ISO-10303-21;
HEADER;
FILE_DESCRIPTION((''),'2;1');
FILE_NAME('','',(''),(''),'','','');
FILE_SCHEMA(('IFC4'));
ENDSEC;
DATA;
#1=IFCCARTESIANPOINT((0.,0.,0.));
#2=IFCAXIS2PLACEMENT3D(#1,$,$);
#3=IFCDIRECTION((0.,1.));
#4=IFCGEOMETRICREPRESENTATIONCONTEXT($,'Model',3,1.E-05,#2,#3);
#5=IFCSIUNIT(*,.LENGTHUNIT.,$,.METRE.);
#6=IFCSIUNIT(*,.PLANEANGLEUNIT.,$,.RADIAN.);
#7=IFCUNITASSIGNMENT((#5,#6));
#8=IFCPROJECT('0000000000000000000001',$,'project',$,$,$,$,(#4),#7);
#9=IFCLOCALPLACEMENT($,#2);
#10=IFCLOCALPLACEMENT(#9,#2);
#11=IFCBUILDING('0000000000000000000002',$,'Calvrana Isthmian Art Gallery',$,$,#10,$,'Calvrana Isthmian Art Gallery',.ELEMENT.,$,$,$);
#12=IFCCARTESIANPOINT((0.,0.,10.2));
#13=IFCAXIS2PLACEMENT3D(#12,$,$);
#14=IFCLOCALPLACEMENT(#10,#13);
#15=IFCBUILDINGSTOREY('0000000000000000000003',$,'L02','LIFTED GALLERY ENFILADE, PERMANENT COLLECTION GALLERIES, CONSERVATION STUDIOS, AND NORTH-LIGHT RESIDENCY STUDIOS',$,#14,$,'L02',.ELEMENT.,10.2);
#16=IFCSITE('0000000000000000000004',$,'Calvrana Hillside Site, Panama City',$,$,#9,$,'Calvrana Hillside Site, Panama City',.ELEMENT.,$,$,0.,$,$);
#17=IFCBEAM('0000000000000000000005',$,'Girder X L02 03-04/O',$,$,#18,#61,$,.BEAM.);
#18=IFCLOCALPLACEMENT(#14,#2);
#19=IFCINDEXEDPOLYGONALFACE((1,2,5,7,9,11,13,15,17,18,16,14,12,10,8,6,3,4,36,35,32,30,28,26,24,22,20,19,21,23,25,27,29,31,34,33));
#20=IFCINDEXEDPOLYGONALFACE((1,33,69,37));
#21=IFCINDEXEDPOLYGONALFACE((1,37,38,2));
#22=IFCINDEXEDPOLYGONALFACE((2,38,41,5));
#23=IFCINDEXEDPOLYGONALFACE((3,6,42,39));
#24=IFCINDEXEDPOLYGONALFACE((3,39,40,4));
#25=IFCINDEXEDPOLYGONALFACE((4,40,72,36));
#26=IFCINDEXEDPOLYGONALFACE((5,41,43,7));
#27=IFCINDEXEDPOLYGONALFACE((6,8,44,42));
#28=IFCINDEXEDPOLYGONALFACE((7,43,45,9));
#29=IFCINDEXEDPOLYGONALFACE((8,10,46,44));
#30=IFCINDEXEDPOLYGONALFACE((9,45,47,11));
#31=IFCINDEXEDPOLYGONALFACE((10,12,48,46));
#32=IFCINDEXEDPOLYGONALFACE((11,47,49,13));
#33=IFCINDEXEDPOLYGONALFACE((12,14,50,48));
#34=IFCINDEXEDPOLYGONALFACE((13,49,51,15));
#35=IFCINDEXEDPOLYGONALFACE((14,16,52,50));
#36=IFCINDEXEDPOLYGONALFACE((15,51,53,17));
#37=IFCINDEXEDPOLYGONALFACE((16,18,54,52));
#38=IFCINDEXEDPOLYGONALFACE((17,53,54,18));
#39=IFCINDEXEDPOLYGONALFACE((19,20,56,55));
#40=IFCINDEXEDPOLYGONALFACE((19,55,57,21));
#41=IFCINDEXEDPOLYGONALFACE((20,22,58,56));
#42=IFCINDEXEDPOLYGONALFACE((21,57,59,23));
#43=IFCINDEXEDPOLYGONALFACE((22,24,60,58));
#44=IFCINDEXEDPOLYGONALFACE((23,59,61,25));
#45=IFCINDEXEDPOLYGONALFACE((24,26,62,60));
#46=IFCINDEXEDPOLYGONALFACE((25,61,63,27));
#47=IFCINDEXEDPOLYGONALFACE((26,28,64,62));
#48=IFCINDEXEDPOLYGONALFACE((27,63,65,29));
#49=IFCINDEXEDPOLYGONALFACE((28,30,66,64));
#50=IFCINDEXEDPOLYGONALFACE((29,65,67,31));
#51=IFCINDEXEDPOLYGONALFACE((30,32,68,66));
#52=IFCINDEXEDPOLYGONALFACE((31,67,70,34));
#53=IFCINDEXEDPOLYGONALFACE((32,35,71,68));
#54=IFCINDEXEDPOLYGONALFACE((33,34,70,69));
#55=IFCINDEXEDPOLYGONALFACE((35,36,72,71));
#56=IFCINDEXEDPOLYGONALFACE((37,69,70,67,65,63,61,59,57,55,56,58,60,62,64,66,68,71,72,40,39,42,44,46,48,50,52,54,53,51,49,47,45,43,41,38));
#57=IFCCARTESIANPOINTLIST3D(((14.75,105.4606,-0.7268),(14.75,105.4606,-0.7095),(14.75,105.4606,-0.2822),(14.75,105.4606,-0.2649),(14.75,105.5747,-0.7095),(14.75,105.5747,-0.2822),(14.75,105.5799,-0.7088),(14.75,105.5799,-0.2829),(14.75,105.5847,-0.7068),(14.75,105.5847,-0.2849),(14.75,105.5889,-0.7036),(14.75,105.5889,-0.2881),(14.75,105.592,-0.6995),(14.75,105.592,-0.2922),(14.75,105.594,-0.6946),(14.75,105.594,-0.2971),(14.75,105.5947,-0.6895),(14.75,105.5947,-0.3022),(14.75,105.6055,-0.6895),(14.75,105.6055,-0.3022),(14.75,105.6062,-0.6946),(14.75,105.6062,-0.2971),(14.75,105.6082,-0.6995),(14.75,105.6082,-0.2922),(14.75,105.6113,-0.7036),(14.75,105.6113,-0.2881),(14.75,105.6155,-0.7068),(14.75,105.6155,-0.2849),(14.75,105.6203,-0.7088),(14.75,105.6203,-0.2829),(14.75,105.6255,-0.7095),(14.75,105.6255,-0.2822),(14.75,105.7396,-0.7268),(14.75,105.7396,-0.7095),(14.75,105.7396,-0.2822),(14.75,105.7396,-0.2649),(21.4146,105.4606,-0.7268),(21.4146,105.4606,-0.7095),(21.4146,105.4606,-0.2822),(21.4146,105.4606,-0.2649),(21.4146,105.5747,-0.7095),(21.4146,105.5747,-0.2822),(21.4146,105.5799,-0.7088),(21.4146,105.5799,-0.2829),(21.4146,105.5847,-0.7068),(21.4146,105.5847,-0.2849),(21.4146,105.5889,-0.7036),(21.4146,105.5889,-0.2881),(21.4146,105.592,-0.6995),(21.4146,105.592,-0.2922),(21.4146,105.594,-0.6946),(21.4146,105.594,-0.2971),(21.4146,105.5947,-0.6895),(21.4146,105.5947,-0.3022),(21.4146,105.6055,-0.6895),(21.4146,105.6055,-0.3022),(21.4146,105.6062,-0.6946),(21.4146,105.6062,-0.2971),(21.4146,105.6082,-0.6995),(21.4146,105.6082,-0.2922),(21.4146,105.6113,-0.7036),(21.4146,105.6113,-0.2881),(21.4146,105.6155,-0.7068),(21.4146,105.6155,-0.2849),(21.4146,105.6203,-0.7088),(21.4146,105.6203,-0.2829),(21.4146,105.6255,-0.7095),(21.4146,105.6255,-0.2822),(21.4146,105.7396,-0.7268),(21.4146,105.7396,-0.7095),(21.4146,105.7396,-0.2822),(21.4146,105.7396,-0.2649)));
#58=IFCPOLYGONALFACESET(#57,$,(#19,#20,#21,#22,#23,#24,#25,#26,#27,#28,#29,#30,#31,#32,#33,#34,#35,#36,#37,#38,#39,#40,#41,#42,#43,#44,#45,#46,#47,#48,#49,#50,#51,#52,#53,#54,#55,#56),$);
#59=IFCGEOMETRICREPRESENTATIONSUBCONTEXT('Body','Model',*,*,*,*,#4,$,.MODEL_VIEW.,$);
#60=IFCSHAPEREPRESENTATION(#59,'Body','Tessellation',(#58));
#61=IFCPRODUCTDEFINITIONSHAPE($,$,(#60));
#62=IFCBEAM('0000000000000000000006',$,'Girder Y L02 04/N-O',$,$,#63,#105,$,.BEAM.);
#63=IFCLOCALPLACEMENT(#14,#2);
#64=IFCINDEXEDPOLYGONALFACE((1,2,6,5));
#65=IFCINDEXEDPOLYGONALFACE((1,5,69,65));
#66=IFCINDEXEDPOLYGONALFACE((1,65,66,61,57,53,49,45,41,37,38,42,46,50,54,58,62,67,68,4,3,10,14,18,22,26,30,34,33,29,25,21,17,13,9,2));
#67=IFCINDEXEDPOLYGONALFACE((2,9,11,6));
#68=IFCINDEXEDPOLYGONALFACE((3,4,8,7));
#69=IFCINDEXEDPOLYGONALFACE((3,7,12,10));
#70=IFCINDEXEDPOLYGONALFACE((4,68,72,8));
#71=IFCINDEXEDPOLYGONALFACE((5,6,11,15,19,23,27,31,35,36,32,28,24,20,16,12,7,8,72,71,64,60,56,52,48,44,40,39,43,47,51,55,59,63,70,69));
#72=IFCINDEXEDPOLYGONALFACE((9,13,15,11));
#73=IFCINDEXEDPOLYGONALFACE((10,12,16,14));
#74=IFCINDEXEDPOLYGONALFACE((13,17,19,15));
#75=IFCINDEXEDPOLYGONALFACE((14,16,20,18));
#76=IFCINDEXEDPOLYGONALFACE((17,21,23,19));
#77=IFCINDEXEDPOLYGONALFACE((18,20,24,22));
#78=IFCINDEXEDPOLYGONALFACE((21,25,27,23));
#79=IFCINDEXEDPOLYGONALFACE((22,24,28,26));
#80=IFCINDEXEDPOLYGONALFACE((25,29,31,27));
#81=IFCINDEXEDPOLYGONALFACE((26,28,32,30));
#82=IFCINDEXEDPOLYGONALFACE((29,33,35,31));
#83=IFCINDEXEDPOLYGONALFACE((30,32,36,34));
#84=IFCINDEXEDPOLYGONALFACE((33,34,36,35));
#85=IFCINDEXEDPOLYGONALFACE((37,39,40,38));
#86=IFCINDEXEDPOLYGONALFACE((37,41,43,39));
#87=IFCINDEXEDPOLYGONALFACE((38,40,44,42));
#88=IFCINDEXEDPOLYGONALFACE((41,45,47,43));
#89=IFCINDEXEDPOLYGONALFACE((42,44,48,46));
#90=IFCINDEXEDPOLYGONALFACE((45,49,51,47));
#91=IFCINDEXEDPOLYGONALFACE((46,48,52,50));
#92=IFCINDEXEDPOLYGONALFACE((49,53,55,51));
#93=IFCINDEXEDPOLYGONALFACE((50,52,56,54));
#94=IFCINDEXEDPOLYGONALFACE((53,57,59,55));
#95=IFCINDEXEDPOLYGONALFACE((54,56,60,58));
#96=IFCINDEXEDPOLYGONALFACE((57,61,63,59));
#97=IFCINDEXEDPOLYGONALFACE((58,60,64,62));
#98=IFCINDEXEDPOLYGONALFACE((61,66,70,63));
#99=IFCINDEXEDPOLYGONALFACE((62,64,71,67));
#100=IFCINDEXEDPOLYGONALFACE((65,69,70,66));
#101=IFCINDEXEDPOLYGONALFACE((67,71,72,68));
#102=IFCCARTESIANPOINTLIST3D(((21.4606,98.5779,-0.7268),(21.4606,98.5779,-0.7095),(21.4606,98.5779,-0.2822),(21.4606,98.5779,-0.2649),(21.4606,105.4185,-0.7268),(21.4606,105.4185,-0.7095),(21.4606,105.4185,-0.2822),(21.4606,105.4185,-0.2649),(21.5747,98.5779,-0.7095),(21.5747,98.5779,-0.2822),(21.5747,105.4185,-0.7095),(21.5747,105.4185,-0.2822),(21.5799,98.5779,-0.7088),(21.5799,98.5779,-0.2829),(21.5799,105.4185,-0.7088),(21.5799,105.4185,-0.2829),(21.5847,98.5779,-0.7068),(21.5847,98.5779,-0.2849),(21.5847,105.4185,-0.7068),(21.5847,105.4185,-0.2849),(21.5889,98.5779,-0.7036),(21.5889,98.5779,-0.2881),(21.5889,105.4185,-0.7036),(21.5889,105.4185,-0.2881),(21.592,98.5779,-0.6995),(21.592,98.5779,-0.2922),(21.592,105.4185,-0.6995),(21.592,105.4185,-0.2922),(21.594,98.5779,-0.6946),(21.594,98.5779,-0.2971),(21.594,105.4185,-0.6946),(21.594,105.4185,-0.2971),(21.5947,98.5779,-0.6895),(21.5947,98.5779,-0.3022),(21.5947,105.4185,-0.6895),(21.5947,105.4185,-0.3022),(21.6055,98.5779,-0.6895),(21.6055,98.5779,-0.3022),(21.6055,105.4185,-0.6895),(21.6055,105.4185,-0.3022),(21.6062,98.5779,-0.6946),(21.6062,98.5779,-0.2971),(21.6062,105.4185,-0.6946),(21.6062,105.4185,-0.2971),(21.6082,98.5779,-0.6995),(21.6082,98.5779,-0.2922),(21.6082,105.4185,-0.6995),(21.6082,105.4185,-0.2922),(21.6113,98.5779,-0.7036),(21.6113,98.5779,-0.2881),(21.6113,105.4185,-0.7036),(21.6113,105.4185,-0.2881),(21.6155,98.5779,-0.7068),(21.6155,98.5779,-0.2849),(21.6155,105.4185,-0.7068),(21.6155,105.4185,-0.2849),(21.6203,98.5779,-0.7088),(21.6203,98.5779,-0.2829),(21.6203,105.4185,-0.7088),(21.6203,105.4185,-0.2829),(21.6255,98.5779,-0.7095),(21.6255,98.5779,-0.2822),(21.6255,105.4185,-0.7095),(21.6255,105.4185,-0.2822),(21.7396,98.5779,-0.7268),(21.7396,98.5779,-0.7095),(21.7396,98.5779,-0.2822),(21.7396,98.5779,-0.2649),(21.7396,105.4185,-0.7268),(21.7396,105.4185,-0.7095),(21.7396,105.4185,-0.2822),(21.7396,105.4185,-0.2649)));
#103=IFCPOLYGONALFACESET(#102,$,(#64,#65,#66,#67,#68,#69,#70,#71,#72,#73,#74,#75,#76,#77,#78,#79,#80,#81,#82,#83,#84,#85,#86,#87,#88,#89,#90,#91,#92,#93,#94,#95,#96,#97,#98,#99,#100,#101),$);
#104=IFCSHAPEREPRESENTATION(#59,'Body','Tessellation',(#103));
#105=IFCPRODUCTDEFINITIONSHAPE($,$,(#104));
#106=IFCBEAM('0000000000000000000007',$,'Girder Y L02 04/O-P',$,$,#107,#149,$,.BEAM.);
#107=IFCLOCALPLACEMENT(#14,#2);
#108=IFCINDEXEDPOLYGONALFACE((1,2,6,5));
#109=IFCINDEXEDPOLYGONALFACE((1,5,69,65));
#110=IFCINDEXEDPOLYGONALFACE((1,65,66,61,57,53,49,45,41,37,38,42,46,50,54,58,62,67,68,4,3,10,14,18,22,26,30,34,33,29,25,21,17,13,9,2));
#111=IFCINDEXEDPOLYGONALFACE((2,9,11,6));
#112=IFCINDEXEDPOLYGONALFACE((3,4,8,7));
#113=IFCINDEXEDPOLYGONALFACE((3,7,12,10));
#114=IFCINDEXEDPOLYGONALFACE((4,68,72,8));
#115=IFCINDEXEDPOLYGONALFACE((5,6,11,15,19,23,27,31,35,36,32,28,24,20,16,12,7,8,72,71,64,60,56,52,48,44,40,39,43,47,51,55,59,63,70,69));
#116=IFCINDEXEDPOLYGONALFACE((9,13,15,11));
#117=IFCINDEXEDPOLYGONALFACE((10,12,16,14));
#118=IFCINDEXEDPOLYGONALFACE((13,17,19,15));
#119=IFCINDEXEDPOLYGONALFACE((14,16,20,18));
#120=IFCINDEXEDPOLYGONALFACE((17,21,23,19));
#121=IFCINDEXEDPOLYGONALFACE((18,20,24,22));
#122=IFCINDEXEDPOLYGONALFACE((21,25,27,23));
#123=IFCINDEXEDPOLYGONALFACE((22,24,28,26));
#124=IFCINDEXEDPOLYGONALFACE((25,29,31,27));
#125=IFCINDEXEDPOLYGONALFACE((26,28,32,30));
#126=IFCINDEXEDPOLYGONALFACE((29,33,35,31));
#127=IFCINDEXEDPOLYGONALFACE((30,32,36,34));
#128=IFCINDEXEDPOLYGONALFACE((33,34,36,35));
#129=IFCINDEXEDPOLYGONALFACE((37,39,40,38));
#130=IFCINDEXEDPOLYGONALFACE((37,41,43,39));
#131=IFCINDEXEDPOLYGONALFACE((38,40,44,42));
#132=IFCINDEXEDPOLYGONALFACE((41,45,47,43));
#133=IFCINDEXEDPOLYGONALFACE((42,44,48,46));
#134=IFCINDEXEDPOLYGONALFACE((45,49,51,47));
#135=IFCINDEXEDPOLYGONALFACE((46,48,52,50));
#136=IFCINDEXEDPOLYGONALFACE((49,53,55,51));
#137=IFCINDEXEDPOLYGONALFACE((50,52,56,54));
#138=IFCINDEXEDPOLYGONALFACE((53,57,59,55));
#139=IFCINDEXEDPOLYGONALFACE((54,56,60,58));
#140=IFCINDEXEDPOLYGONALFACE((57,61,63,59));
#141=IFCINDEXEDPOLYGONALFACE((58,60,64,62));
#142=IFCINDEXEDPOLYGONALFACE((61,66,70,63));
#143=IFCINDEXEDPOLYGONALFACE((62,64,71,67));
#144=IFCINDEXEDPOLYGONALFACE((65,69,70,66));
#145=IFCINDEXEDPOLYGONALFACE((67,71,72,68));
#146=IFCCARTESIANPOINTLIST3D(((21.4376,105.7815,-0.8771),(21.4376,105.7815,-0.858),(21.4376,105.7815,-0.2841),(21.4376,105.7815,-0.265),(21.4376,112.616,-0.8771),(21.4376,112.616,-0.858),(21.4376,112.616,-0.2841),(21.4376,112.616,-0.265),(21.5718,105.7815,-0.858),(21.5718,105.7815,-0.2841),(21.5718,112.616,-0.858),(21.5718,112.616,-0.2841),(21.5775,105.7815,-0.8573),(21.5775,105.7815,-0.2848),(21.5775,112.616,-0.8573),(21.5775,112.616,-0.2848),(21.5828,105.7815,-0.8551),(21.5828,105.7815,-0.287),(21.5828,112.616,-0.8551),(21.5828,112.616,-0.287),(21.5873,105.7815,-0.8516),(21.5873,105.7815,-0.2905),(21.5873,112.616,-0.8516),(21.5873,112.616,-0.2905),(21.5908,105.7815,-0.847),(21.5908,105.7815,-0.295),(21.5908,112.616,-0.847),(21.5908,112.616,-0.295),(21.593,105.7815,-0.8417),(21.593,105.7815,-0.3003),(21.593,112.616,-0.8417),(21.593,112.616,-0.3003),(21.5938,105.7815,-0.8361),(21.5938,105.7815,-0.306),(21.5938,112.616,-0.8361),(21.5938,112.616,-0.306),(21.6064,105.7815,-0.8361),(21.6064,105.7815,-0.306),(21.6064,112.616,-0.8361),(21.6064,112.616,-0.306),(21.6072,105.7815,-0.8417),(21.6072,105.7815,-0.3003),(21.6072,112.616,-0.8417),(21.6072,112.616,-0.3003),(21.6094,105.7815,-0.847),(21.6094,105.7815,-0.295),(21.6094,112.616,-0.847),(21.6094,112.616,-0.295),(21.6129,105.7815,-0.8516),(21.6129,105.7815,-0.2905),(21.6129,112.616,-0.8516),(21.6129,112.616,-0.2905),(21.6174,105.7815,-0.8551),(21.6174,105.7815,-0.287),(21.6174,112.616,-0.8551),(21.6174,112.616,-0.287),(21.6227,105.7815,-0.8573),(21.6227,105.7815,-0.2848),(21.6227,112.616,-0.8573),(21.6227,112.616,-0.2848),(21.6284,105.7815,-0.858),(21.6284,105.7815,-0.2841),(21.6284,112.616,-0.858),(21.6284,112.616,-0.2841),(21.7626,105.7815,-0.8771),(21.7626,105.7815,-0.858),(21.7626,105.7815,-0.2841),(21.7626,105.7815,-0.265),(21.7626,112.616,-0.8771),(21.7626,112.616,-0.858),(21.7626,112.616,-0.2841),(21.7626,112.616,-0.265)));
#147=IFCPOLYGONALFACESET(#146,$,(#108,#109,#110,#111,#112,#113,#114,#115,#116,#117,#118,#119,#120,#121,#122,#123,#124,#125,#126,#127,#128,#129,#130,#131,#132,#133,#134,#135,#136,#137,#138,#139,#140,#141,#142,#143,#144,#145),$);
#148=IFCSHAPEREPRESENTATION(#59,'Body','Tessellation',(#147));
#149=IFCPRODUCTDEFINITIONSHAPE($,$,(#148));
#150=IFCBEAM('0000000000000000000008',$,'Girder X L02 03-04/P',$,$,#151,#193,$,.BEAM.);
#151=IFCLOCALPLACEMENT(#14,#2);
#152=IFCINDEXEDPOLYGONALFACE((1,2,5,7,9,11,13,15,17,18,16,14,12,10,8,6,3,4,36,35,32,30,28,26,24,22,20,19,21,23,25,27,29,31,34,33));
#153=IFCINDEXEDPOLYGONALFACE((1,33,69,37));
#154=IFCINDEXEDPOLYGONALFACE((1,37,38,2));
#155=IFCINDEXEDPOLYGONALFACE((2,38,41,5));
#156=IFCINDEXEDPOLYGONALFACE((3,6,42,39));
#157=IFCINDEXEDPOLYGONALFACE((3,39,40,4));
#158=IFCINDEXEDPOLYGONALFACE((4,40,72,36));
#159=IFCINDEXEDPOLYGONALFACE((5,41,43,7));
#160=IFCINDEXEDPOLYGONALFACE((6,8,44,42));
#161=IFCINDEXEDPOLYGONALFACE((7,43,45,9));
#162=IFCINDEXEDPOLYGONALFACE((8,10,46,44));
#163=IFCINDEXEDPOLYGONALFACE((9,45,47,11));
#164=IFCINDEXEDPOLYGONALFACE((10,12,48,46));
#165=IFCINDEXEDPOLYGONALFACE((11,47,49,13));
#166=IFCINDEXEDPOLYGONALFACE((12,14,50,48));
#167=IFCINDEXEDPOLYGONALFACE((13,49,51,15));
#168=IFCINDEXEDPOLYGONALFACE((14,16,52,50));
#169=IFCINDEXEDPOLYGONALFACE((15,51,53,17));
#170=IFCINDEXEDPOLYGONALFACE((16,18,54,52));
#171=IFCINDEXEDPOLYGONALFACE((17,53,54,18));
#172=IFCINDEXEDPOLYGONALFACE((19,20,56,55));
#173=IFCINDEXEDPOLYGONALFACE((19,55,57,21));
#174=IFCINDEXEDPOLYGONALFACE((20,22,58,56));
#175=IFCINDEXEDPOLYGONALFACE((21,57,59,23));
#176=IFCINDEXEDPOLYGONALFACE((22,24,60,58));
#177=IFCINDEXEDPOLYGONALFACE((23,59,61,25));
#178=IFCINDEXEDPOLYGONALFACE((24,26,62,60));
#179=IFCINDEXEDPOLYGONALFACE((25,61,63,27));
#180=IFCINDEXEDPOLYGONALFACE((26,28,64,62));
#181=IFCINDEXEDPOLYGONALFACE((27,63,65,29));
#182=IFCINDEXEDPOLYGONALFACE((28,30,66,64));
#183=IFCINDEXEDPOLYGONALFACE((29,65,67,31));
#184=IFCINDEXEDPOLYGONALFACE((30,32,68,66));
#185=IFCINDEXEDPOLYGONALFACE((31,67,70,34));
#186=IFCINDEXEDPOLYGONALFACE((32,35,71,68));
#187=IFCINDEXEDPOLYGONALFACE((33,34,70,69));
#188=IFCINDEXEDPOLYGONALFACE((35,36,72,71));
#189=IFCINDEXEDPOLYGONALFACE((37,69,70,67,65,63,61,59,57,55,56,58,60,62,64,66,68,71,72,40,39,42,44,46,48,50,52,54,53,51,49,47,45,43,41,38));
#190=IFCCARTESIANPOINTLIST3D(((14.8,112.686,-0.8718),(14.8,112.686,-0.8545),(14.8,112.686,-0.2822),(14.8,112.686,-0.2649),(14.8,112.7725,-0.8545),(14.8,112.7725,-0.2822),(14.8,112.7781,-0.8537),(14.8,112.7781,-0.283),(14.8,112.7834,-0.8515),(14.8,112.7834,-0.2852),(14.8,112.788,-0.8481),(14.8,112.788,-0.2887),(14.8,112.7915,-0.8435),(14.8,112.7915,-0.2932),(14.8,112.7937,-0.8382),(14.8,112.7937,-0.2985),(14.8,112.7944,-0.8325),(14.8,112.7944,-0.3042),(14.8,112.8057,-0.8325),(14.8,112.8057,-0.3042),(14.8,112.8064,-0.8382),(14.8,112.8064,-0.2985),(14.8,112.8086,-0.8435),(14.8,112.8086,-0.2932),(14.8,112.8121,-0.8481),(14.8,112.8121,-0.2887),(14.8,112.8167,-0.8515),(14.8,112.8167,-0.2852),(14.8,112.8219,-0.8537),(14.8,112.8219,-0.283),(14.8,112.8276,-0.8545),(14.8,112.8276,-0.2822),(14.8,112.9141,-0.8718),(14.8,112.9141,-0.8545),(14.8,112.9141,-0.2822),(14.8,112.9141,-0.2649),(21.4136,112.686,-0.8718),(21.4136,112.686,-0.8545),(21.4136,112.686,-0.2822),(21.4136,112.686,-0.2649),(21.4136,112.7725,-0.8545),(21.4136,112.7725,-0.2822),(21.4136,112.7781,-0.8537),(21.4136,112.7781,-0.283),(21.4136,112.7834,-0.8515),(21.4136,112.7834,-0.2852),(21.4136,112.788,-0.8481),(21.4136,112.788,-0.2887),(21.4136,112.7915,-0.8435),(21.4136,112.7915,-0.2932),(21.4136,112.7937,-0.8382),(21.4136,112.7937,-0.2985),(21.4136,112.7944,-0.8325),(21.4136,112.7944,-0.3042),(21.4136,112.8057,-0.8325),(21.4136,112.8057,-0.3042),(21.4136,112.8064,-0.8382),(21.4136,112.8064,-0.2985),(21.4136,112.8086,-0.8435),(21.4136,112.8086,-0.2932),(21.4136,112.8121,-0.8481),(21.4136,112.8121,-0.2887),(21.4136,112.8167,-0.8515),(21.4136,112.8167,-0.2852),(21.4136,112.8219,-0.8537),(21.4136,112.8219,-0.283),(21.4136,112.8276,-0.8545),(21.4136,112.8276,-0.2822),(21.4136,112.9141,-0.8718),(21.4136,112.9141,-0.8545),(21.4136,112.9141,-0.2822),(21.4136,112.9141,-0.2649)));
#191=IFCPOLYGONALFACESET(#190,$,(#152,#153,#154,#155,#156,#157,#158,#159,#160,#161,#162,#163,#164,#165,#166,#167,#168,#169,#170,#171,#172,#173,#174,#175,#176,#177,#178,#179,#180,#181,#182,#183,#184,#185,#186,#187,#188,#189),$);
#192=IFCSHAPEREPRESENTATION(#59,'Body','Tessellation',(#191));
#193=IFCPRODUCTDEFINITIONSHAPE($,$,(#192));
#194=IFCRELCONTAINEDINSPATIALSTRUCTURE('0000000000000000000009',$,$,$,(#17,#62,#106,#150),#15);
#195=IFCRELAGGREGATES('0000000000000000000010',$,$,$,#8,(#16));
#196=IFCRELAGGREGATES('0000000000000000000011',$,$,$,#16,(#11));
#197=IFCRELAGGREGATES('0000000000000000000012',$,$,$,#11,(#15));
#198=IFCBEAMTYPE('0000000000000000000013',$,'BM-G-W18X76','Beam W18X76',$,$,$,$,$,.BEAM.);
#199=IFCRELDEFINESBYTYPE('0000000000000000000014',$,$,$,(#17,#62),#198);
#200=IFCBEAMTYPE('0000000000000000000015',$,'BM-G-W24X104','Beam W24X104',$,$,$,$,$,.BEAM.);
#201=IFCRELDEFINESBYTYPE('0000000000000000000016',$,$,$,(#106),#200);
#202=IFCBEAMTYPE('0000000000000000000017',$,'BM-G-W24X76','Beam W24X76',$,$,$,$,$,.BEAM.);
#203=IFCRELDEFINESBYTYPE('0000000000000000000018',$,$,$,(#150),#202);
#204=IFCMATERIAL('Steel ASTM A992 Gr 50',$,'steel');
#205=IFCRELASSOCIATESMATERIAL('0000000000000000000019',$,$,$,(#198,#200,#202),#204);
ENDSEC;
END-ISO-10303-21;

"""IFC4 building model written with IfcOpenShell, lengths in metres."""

from ifc_helpers import new_model, si_unit, direction, frame, origin, origin_2d, place, context, subcontext, project, spatial, i_section, extrude, material, material_profile, profile_set, type_object, element, save


model = new_model("IFC4")

# Units and contexts
model_context = context("Model", 3, precision=1e-05, world=origin(), true_north=direction((0.0, 1.0)))
body_context = subcontext(model_context, "Body", "Model", "MODEL_VIEW")
ifc_project = project(units=[si_unit("LENGTHUNIT", "METRE"), si_unit("PLANEANGLEUNIT", "RADIAN")], contexts=[model_context])

# Site, building, storey
site_placement = place(None, origin())
site = spatial("IfcSite", under=ifc_project, at=site_placement, Name="Calvrana Hillside Site, Panama City", LongName="Calvrana Hillside Site, Panama City", CompositionType="ELEMENT", RefElevation=0.0)
building_placement = place(site_placement, origin())
building = spatial("IfcBuilding", under=site, at=building_placement, Name="Calvrana Isthmian Art Gallery", LongName="Calvrana Isthmian Art Gallery", CompositionType="ELEMENT")
storey_placement = place(building_placement, frame((0.0, 0.0, 10.2)))
storey = spatial("IfcBuildingStorey", under=building, at=storey_placement, Name="L02", Description="LIFTED GALLERY ENFILADE, PERMANENT COLLECTION GALLERIES, CONSERVATION STUDIOS, AND NORTH-LIGHT RESIDENCY STUDIOS", LongName="L02", CompositionType="ELEMENT", Elevation=10.2)

# Beams
ifc_material_1 = material(Name="Steel ASTM A992 Gr 50", Category="steel")
ifc_material_profile_1 = material_profile(ifc_material_1, i_section(OverallWidth=0.2791, OverallDepth=0.4619, WebThickness=0.0107, FlangeThickness=0.0173, FilletRadius=0.02, at=origin_2d()), Name="W18X76")
ifc_profile_set_1 = profile_set([ifc_material_profile_1], Name="Steel ASTM A992 Gr 50")
beam_type_1 = type_object("IfcBeamType", Name="BM-G-W18X76", Description="Beam W18X76", PredefinedType="BEAM", material=ifc_profile_set_1)
beam_1_placement = place(storey_placement, frame((14.75, 105.6001, -0.4958), z_axis=(1.0, 0.0, 0.0), x_axis=(0.0, 1.0, 0.0)))
element("IfcBeam", 1, at=beam_1_placement, inside=storey, type_object=beam_type_1, Name="Girder X L02 03-04/O", PredefinedType="BEAM", context=body_context, shape_type="SweptSolid", body=[
    extrude(i_section(OverallWidth=0.2791, OverallDepth=0.4619, WebThickness=0.0107, FlangeThickness=0.0173, FilletRadius=0.02, at=origin_2d()), origin(), (0.0, 0.0, 1.0), 6.6646),
])
beam_2_placement = place(storey_placement, frame((21.6001, 98.5779, -0.4958), z_axis=(0.0, 1.0, 0.0), x_axis=(-1.0, 0.0, 0.0)))
element("IfcBeam", 2, at=beam_2_placement, inside=storey, type_object=beam_type_1, Name="Girder Y L02 04/N-O", PredefinedType="BEAM", context=body_context, shape_type="SweptSolid", body=[
    extrude(i_section(OverallWidth=0.2791, OverallDepth=0.4619, WebThickness=0.0107, FlangeThickness=0.0173, FilletRadius=0.02, at=origin_2d()), origin(), (0.0, 0.0, 1.0), 6.8406),
])
ifc_material_profile_2 = material_profile(ifc_material_1, i_section(OverallWidth=0.325, OverallDepth=0.6121, WebThickness=0.0127, FlangeThickness=0.019, FilletRadius=0.022, at=origin_2d()), Name="W24X104")
ifc_profile_set_2 = profile_set([ifc_material_profile_2], Name="Steel ASTM A992 Gr 50")
beam_type_2 = type_object("IfcBeamType", Name="BM-G-W24X104", Description="Beam W24X104", PredefinedType="BEAM", material=ifc_profile_set_2)
beam_3_placement = place(storey_placement, frame((21.6001, 105.7815, -0.571), z_axis=(0.0, 1.0, 0.0), x_axis=(-1.0, 0.0, 0.0)))
element("IfcBeam", 3, at=beam_3_placement, inside=storey, type_object=beam_type_2, Name="Girder Y L02 04/O-P", PredefinedType="BEAM", context=body_context, shape_type="SweptSolid", body=[
    extrude(i_section(OverallWidth=0.325, OverallDepth=0.6121, WebThickness=0.0127, FlangeThickness=0.019, FilletRadius=0.022, at=origin_2d()), origin(), (0.0, 0.0, 1.0), 6.8345),
])
ifc_material_profile_3 = material_profile(ifc_material_1, i_section(OverallWidth=0.228, OverallDepth=0.6069, WebThickness=0.0112, FlangeThickness=0.0173, FilletRadius=0.022, at=origin_2d()), Name="W24X76")
ifc_profile_set_3 = profile_set([ifc_material_profile_3], Name="Steel ASTM A992 Gr 50")
beam_type_3 = type_object("IfcBeamType", Name="BM-G-W24X76", Description="Beam W24X76", PredefinedType="BEAM", material=ifc_profile_set_3)
beam_4_placement = place(storey_placement, frame((14.8, 112.8, -0.5684), z_axis=(1.0, 0.0, 0.0), x_axis=(0.0, 1.0, 0.0)))
element("IfcBeam", 4, at=beam_4_placement, inside=storey, type_object=beam_type_3, Name="Girder X L02 03-04/P", PredefinedType="BEAM", context=body_context, shape_type="SweptSolid", body=[
    extrude(i_section(OverallWidth=0.228, OverallDepth=0.6069, WebThickness=0.0112, FlangeThickness=0.0173, FilletRadius=0.022, at=origin_2d()), origin(), (0.0, 0.0, 1.0), 6.6135),
])

save(model, "model.ifc")
